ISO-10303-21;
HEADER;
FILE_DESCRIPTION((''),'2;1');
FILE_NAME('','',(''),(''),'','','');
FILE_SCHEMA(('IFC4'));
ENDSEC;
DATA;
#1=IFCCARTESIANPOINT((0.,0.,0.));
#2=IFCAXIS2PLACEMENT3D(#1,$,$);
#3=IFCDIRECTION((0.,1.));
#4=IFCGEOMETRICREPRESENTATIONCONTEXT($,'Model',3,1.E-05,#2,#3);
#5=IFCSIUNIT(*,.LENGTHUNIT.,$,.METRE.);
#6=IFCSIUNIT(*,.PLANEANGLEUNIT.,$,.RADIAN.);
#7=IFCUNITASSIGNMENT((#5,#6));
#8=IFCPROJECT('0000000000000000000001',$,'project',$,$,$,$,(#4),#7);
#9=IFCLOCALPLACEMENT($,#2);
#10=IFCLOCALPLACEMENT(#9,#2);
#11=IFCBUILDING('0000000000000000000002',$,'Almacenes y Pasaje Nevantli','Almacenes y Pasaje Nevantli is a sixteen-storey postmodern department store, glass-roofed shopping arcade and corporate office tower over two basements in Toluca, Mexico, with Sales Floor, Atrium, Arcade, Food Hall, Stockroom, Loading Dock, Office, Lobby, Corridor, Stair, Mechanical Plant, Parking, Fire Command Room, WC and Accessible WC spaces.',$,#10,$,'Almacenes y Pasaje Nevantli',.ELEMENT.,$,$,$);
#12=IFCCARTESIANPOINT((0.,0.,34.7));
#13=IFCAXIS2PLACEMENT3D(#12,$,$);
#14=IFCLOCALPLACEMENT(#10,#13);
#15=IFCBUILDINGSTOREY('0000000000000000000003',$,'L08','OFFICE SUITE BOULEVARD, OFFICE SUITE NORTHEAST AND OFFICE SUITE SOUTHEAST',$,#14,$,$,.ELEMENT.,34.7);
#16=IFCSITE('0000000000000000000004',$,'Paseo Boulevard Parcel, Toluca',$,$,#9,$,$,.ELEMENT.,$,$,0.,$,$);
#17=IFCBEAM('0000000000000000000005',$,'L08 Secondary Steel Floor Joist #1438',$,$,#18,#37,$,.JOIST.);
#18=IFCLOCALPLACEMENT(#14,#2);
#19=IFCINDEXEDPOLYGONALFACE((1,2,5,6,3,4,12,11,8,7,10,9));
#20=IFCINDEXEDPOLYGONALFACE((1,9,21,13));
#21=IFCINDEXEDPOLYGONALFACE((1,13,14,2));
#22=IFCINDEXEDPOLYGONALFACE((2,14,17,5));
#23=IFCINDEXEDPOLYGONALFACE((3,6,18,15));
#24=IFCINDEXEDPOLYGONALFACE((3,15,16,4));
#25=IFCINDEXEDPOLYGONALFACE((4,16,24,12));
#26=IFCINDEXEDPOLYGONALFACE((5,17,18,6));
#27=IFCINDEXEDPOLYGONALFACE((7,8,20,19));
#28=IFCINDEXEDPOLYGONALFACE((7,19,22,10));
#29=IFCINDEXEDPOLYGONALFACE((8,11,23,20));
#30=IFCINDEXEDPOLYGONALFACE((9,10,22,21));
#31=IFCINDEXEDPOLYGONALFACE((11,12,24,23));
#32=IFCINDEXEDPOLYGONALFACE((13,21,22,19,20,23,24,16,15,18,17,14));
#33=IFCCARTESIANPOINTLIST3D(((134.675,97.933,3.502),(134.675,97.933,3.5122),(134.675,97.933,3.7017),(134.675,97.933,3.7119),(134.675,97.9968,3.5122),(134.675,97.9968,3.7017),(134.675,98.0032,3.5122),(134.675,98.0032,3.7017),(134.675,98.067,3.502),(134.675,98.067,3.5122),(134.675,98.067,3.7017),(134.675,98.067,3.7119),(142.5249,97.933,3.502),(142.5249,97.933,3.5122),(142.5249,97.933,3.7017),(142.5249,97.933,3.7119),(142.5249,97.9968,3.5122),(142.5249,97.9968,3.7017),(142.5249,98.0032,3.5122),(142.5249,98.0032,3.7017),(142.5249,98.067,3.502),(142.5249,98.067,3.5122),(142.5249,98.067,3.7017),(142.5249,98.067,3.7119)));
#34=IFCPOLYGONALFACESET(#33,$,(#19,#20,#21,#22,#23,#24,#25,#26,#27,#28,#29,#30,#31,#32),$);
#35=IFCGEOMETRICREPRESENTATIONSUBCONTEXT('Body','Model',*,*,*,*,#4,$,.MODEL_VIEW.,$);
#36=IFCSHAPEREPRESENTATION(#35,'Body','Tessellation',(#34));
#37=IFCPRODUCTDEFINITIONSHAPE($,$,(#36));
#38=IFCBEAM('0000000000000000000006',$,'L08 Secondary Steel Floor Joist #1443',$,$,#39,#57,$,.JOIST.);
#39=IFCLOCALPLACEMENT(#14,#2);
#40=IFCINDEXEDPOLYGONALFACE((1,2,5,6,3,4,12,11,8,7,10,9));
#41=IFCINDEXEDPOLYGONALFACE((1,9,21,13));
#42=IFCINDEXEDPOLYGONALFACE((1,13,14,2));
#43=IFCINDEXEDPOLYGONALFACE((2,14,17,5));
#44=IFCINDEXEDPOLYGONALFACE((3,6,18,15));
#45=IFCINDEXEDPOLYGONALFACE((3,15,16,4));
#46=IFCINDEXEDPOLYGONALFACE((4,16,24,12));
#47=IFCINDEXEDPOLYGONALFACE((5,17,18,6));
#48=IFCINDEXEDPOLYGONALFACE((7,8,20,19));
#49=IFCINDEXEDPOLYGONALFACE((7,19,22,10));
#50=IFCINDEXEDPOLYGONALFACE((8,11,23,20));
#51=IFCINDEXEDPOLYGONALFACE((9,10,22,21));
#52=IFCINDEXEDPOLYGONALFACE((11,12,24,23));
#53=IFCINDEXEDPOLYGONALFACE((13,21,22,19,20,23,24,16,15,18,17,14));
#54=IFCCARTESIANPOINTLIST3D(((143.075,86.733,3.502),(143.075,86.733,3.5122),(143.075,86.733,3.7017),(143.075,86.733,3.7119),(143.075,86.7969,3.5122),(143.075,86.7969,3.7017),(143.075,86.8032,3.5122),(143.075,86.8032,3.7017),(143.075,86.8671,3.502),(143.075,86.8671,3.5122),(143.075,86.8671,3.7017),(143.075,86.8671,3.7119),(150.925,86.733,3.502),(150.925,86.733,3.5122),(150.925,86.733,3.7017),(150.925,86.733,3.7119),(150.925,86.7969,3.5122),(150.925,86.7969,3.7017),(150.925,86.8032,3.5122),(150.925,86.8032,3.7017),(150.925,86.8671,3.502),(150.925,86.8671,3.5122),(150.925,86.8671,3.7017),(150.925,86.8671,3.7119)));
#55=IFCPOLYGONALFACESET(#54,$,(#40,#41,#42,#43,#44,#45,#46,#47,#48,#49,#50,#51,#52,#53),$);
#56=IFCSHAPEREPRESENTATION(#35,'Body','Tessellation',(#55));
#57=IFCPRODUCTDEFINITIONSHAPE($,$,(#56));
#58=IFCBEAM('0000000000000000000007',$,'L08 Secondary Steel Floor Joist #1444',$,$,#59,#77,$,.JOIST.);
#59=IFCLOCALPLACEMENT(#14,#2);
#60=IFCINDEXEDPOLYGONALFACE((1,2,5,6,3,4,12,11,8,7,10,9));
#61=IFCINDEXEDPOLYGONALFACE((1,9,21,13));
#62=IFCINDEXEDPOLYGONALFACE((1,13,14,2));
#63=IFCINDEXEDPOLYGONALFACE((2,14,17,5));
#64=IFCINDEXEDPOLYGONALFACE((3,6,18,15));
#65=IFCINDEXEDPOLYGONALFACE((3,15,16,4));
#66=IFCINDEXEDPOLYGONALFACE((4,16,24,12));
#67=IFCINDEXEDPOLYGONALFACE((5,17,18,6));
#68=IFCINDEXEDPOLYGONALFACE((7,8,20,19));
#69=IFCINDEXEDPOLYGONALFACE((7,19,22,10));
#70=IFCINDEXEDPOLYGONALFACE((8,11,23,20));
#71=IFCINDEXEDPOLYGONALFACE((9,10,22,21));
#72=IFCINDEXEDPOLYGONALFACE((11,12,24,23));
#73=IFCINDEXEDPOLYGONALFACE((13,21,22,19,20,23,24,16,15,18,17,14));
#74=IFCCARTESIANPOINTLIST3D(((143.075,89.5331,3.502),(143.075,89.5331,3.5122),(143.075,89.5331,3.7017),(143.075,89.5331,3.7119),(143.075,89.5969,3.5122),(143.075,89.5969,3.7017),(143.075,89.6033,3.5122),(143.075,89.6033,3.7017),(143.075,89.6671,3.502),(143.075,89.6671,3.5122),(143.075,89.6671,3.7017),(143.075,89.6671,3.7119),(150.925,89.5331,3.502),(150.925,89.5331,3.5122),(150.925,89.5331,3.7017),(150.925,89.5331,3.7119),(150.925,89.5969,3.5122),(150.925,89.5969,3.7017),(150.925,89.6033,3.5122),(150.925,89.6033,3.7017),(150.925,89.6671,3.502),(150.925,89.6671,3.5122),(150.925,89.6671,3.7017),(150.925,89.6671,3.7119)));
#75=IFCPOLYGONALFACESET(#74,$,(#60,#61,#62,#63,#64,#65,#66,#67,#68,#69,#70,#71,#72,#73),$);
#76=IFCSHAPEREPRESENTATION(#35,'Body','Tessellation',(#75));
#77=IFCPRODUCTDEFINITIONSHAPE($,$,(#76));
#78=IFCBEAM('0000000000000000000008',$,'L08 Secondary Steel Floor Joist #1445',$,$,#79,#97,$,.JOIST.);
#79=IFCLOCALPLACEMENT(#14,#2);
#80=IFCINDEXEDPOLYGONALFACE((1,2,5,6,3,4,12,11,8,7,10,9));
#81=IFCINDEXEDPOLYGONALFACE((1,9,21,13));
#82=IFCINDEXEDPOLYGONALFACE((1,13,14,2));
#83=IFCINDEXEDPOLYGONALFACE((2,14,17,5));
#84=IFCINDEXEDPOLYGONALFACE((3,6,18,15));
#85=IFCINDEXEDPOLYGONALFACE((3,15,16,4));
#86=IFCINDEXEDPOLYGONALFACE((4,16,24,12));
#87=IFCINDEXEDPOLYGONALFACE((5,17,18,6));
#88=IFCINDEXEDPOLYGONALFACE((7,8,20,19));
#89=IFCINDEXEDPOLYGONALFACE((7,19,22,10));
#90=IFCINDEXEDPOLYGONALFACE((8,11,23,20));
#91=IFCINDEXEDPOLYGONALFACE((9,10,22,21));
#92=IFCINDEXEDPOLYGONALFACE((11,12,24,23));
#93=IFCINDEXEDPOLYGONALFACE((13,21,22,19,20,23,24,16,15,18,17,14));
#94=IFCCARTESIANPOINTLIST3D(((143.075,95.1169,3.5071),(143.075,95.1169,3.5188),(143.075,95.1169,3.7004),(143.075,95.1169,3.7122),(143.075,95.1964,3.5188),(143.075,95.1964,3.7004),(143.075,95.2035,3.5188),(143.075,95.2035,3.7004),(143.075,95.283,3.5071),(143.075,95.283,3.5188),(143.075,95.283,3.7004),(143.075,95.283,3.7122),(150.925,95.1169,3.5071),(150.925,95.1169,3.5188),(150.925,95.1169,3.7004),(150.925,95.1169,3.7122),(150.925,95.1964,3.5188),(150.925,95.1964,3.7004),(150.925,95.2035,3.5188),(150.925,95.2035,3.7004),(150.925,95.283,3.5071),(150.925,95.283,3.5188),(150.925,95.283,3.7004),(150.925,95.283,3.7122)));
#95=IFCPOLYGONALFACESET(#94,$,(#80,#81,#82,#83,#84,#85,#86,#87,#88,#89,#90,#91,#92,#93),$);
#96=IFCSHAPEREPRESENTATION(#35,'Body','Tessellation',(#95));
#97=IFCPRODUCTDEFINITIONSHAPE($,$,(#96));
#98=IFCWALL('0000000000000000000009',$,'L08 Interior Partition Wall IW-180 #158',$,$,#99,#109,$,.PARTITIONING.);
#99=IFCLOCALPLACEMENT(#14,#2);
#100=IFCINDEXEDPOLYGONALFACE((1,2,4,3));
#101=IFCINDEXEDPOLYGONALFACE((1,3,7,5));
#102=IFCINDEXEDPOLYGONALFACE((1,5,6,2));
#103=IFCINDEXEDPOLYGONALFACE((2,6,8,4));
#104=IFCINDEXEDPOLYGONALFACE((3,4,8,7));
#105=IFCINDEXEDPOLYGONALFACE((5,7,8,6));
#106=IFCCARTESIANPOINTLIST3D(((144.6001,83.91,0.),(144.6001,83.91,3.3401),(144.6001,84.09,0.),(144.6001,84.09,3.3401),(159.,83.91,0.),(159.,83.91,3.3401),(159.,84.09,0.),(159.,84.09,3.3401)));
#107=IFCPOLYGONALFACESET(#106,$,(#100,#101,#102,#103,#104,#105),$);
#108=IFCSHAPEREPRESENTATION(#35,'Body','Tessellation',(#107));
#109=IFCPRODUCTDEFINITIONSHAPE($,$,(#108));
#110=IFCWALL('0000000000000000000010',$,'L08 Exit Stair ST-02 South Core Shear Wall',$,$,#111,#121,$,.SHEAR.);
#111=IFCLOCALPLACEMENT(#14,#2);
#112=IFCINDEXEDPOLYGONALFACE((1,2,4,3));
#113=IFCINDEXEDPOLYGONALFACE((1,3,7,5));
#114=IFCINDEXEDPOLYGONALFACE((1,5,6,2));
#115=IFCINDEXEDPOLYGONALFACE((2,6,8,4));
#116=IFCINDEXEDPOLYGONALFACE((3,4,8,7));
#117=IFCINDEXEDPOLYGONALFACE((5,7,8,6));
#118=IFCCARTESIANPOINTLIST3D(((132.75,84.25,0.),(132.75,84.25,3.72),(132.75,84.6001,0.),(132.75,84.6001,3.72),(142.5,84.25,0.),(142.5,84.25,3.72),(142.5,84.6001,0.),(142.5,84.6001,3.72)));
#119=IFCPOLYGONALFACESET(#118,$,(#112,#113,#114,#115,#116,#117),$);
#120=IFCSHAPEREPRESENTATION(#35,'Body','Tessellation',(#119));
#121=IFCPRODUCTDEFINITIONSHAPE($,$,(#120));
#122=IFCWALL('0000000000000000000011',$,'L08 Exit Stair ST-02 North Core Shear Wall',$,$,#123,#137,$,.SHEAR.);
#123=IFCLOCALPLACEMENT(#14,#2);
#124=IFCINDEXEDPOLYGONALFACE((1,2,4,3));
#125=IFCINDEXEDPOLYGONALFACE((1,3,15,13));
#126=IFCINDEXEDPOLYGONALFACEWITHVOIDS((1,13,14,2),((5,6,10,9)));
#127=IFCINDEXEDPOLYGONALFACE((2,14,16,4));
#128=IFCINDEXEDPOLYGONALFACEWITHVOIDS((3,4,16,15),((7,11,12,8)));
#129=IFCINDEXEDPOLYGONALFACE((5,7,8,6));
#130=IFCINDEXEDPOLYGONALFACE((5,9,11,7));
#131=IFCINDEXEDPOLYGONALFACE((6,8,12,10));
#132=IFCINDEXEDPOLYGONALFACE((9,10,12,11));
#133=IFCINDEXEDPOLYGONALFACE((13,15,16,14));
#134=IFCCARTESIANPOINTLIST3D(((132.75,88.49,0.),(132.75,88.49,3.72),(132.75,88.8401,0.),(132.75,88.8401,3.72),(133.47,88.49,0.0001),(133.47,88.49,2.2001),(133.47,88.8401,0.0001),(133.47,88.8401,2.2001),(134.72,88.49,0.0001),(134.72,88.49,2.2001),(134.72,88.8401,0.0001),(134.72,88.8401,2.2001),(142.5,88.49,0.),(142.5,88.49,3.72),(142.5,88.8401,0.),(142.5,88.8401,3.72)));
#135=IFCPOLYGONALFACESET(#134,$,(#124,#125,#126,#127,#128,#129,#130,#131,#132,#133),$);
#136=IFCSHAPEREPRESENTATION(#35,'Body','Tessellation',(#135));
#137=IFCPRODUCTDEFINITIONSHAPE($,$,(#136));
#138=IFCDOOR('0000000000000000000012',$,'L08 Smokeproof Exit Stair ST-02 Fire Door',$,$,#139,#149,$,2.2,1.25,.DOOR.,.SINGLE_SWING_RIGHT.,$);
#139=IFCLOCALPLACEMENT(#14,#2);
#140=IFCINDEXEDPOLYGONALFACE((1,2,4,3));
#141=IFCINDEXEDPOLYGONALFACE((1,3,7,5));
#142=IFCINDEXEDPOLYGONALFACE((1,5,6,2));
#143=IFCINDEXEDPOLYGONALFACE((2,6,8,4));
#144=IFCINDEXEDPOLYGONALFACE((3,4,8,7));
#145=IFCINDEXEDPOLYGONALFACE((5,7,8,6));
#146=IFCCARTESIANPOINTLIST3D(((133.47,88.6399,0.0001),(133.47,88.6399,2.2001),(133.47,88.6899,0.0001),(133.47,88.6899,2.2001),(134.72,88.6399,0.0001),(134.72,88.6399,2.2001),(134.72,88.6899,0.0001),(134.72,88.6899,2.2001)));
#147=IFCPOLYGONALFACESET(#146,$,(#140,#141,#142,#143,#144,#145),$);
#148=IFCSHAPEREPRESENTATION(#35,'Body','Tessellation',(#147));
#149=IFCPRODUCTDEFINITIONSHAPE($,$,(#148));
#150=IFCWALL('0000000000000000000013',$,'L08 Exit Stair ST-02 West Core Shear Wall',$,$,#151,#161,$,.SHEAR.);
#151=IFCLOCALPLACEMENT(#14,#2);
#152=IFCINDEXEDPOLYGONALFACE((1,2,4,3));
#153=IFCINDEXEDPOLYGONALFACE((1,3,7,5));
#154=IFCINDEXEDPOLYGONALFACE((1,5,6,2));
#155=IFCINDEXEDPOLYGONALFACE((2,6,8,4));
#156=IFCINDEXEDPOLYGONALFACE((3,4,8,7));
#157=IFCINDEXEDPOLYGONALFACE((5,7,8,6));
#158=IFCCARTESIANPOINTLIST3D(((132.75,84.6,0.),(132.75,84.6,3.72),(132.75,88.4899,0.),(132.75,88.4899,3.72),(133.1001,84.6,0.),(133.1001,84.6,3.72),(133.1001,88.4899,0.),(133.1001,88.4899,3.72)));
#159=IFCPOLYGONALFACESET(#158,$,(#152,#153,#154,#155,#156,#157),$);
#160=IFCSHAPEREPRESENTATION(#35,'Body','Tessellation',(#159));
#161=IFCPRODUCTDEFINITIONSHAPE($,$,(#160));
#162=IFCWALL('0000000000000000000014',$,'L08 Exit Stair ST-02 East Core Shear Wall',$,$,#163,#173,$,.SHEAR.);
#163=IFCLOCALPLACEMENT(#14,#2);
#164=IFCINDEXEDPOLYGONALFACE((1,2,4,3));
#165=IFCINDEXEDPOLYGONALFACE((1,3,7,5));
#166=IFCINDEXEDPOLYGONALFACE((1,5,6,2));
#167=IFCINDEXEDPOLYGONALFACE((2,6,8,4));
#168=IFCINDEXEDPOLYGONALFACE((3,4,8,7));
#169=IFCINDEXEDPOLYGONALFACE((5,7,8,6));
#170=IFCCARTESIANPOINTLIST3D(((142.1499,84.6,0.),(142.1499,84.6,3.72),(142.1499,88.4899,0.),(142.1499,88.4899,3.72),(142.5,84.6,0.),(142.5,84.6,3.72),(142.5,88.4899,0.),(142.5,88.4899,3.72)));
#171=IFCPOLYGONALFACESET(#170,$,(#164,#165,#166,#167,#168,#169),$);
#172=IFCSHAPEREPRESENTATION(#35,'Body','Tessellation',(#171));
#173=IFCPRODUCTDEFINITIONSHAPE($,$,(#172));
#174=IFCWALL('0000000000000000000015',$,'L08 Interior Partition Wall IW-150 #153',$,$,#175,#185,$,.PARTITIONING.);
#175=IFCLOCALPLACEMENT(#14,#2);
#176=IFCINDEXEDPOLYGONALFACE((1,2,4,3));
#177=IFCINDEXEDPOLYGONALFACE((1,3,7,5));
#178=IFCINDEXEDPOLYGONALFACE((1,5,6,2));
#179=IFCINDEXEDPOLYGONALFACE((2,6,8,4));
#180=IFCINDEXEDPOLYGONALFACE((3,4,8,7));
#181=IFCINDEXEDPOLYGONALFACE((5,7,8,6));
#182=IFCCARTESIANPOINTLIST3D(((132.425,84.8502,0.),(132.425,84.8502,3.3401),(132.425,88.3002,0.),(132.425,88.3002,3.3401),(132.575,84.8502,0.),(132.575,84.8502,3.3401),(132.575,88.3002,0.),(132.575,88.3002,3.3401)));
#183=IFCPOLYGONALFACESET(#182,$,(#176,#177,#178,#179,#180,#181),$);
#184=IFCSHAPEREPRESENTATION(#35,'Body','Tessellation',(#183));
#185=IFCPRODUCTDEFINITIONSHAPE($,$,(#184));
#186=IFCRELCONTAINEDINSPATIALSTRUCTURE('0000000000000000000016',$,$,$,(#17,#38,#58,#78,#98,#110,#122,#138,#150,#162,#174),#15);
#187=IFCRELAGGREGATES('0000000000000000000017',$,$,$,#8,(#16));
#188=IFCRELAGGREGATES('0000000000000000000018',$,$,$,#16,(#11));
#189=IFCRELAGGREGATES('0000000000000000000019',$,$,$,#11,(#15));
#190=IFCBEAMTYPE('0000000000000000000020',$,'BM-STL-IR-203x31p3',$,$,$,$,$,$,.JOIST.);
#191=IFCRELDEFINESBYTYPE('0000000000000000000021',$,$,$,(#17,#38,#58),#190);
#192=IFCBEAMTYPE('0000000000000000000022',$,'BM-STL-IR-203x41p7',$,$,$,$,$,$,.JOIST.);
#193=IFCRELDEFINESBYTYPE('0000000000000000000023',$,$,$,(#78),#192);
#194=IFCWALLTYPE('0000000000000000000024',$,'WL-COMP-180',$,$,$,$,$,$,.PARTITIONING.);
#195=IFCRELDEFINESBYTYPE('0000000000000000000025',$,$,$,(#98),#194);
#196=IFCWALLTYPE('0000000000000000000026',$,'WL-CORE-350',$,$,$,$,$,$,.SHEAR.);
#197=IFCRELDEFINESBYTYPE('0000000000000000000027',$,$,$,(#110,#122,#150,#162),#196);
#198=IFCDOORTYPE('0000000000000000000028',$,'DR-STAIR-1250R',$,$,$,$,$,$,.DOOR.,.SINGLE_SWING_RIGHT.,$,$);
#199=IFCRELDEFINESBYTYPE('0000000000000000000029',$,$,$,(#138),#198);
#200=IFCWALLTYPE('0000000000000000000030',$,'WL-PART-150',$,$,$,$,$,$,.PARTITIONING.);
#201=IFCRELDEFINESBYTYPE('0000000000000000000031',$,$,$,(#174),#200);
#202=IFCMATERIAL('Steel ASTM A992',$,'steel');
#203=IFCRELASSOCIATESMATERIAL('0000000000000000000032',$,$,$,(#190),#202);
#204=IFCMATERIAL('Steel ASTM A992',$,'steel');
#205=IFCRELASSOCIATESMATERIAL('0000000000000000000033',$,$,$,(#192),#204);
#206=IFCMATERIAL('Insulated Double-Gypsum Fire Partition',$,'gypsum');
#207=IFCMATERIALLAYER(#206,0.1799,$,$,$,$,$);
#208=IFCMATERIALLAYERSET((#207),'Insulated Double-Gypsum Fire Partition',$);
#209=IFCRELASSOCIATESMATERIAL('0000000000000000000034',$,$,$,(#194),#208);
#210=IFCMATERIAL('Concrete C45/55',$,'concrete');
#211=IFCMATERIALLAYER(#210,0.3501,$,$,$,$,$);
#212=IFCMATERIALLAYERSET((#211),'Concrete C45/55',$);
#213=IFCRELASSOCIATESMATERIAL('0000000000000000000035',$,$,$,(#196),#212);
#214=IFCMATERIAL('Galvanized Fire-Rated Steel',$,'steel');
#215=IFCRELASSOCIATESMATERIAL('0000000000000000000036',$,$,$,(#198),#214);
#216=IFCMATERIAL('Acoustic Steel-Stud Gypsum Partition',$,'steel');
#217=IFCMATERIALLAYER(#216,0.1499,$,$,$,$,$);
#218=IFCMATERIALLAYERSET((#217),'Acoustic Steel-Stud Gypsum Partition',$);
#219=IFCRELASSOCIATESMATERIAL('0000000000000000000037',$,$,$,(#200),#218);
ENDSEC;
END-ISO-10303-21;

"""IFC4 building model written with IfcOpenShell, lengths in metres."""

from ifc_helpers import new_model, si_unit, direction, frame, frame_2d, origin, origin_2d, place, context, subcontext, project, spatial, rectangle, i_section, extrude, material, layer, layer_set, material_profile, profile_set, type_object, element, fill, save


model = new_model("IFC4")

# Units and contexts
model_context = context("Model", 3, precision=1e-05, world=origin(), true_north=direction((0.0, 1.0)))
body_context = subcontext(model_context, "Body", "Model", "MODEL_VIEW")
ifc_project = project(units=[si_unit("LENGTHUNIT", "METRE"), si_unit("PLANEANGLEUNIT", "RADIAN")], contexts=[model_context])

# Site, building, storey
site_placement = place(None, origin())
site = spatial("IfcSite", under=ifc_project, at=site_placement, Name="Paseo Boulevard Parcel, Toluca", CompositionType="ELEMENT", RefElevation=0.0)
building_placement = place(site_placement, origin())
building = spatial("IfcBuilding", under=site, at=building_placement, Name="Almacenes y Pasaje Nevantli", Description="Almacenes y Pasaje Nevantli is a sixteen-storey postmodern department store, glass-roofed shopping arcade and corporate office tower over two basements in Toluca, Mexico, with Sales Floor, Atrium, Arcade, Food Hall, Stockroom, Loading Dock, Office, Lobby, Corridor, Stair, Mechanical Plant, Parking, Fire Command Room, WC and Accessible WC spaces.", LongName="Almacenes y Pasaje Nevantli", CompositionType="ELEMENT")
storey_placement = place(building_placement, frame((0.0, 0.0, 34.7)))
storey = spatial("IfcBuildingStorey", under=building, at=storey_placement, Name="L08", Description="OFFICE SUITE BOULEVARD, OFFICE SUITE NORTHEAST AND OFFICE SUITE SOUTHEAST", CompositionType="ELEMENT", Elevation=34.7)

# Beams
ifc_material_1 = material(Name="Steel ASTM A992", Category="steel")
ifc_material_profile_1 = material_profile(ifc_material_1, i_section(OverallWidth=0.134, OverallDepth=0.21, WebThickness=0.0063, FlangeThickness=0.0103, at=origin_2d()), Name="IR 203x31.3")
ifc_profile_set_1 = profile_set([ifc_material_profile_1], Name="Steel ASTM A992")
beam_type_1 = type_object("IfcBeamType", Name="BM-STL-IR-203x31p3", PredefinedType="JOIST", material=ifc_profile_set_1)
for number, where, z_axis, x_axis, name in (
    (1, (134.675, 98.0, 3.6069), (1.0, 0.0, 0.0), (0.0, 1.0, 0.0), "L08 Secondary Steel Floor Joist #1438"),
):
    element("IfcBeam", number, at=place(storey_placement, frame(where, z_axis=z_axis, x_axis=x_axis)), inside=storey, type_object=beam_type_1, Name=name, PredefinedType="JOIST", context=body_context, shape_type="SweptSolid", body=[
        extrude(i_section(OverallWidth=0.134, OverallDepth=0.21, WebThickness=0.0063, FlangeThickness=0.0103, at=origin_2d()), origin(), (0.0, 0.0, 1.0), 7.8499),
    ])
for number, where, z_axis, x_axis, name in (
    (2, (143.075, 86.8, 3.6069), (1.0, 0.0, 0.0), (0.0, 1.0, 0.0), "L08 Secondary Steel Floor Joist #1443"),
    (3, (143.075, 89.6001, 3.6069), (1.0, 0.0, 0.0), (0.0, 1.0, 0.0), "L08 Secondary Steel Floor Joist #1444"),
):
    element("IfcBeam", number, at=place(storey_placement, frame(where, z_axis=z_axis, x_axis=x_axis)), inside=storey, type_object=beam_type_1, Name=name, PredefinedType="JOIST", context=body_context, shape_type="SweptSolid", body=[
        extrude(i_section(OverallWidth=0.134, OverallDepth=0.21, WebThickness=0.0063, FlangeThickness=0.0103, at=origin_2d()), origin(), (0.0, 0.0, 1.0), 7.8501),
    ])
ifc_material_2 = material(Name="Steel ASTM A992", Category="steel")
ifc_material_profile_2 = material_profile(ifc_material_2, i_section(OverallWidth=0.166, OverallDepth=0.2051, WebThickness=0.0071, FlangeThickness=0.0117, at=origin_2d()), Name="IR 203x41.7")
ifc_profile_set_2 = profile_set([ifc_material_profile_2], Name="Steel ASTM A992")
beam_type_2 = type_object("IfcBeamType", Name="BM-STL-IR-203x41p7", PredefinedType="JOIST", material=ifc_profile_set_2)
beam_1_placement = place(storey_placement, frame((143.075, 95.2, 3.6096), z_axis=(1.0, 0.0, 0.0), x_axis=(0.0, 1.0, 0.0)))
element("IfcBeam", 4, at=beam_1_placement, inside=storey, type_object=beam_type_2, Name="L08 Secondary Steel Floor Joist #1445", PredefinedType="JOIST", context=body_context, shape_type="SweptSolid", body=[
    extrude(i_section(OverallWidth=0.166, OverallDepth=0.2051, WebThickness=0.0071, FlangeThickness=0.0117, at=origin_2d()), origin(), (0.0, 0.0, 1.0), 7.8501),
])

# Walls
ifc_material_3 = material(Name="Insulated Double-Gypsum Fire Partition", Category="gypsum")
ifc_layer_1 = layer(ifc_material_3, 0.1799)
ifc_layer_set_1 = layer_set([ifc_layer_1], Name="Insulated Double-Gypsum Fire Partition")
wall_type_1 = type_object("IfcWallType", Name="WL-COMP-180", PredefinedType="PARTITIONING", material=ifc_layer_set_1)
wall_1_placement = place(storey_placement, frame((144.6001, 84.0, 0.0), z_axis=(0.0, 0.0, 1.0), x_axis=(1.0, 0.0, 0.0)))
element("IfcWall", 5, at=wall_1_placement, inside=storey, type_object=wall_type_1, Name="L08 Interior Partition Wall IW-180 #158", PredefinedType="PARTITIONING", context=body_context, shape_type="SweptSolid", body=[
    extrude(rectangle(XDim=14.3999, YDim=0.1799, at=frame_2d((7.2, 0.0))), origin(), (0.0, 0.0, 1.0), 3.3401),
])
ifc_material_4 = material(Name="Concrete C45/55", Category="concrete")
ifc_layer_2 = layer(ifc_material_4, 0.3501)
ifc_layer_set_2 = layer_set([ifc_layer_2], Name="Concrete C45/55")
wall_type_2 = type_object("IfcWallType", Name="WL-CORE-350", PredefinedType="SHEAR", material=ifc_layer_set_2)
wall_2_placement = place(storey_placement, frame((132.75, 84.425, 0.0), z_axis=(0.0, 0.0, 1.0), x_axis=(1.0, 0.0, 0.0)))
element("IfcWall", 6, at=wall_2_placement, inside=storey, type_object=wall_type_2, Name="L08 Exit Stair ST-02 South Core Shear Wall", PredefinedType="SHEAR", context=body_context, shape_type="SweptSolid", body=[
    extrude(rectangle(XDim=9.75, YDim=0.3501, at=frame_2d((4.875, 0.0))), origin(), (0.0, 0.0, 1.0), 3.72),
])

# Wall, opening, door
wall_3_placement = place(storey_placement, frame((132.75, 88.665, 0.0), z_axis=(0.0, 0.0, 1.0), x_axis=(1.0, 0.0, 0.0)))
wall_3 = element("IfcWall", 7, at=wall_3_placement, inside=storey, type_object=wall_type_2, Name="L08 Exit Stair ST-02 North Core Shear Wall", PredefinedType="SHEAR", context=body_context, shape_type="SweptSolid", body=[
    extrude(rectangle(XDim=9.75, YDim=0.3501, at=frame_2d((4.875, 0.0))), origin(), (0.0, 0.0, 1.0), 3.72),
])
opening_placement = place(wall_3_placement, frame((0.72, 0.0, 0.0)))
opening = element("IfcOpeningElement", 8, at=opening_placement, cuts=wall_3, PredefinedType="OPENING", context=body_context, shape_type="SweptSolid", body=[
    extrude(rectangle(XDim=1.25, YDim=2.2, at=frame_2d((0.625, 1.1001))), frame((0.0, 0.1851, 0.0), z_axis=(0.0, -1.0, 0.0), x_axis=(1.0, 0.0, 0.0)), (0.0, 0.0, 1.0), 0.3701),
])
ifc_material_5 = material(Name="Galvanized Fire-Rated Steel", Category="steel")
door_type = type_object("IfcDoorType", Name="DR-STAIR-1250R", OperationType="SINGLE_SWING_RIGHT", PredefinedType="DOOR", material=ifc_material_5)
door_placement = place(opening_placement, origin())
door = element("IfcDoor", 9, at=door_placement, inside=storey, type_object=door_type, Name="L08 Smokeproof Exit Stair ST-02 Fire Door", OperationType="SINGLE_SWING_RIGHT", OverallHeight=2.2, OverallWidth=1.25, PredefinedType="DOOR", context=body_context, shape_type="SweptSolid", body=[
    extrude(rectangle(XDim=1.25, YDim=2.2, at=frame_2d((0.625, 1.1001))), frame((0.0, 0.0249, 0.0), z_axis=(0.0, -1.0, 0.0), x_axis=(1.0, 0.0, 0.0)), (0.0, 0.0, 1.0), 0.05),
])
fill(opening, door)

# Walls
for number, where, z_axis, x_axis, name in (
    (10, (132.925, 84.6001, 0.0), (0.0, 0.0, 1.0), (0.0, 1.0, 0.0), "L08 Exit Stair ST-02 West Core Shear Wall"),
    (11, (142.325, 84.6001, 0.0), (0.0, 0.0, 1.0), (0.0, 1.0, 0.0), "L08 Exit Stair ST-02 East Core Shear Wall"),
):
    element("IfcWall", number, at=place(storey_placement, frame(where, z_axis=z_axis, x_axis=x_axis)), inside=storey, type_object=wall_type_2, Name=name, PredefinedType="SHEAR", context=body_context, shape_type="SweptSolid", body=[
        extrude(rectangle(XDim=3.8899, YDim=0.3501, at=frame_2d((1.9448, 0.0))), origin(), (0.0, 0.0, 1.0), 3.72),
    ])
ifc_material_6 = material(Name="Acoustic Steel-Stud Gypsum Partition", Category="steel")
ifc_layer_3 = layer(ifc_material_6, 0.1499)
ifc_layer_set_3 = layer_set([ifc_layer_3], Name="Acoustic Steel-Stud Gypsum Partition")
wall_type_3 = type_object("IfcWallType", Name="WL-PART-150", PredefinedType="PARTITIONING", material=ifc_layer_set_3)
wall_4_placement = place(storey_placement, frame((132.5, 84.8501, 0.0), z_axis=(0.0, 0.0, 1.0), x_axis=(0.0, 1.0, 0.0)))
element("IfcWall", 12, at=wall_4_placement, inside=storey, type_object=wall_type_3, Name="L08 Interior Partition Wall IW-150 #153", PredefinedType="PARTITIONING", context=body_context, shape_type="SweptSolid", body=[
    extrude(rectangle(XDim=3.45, YDim=0.1499, at=frame_2d((1.7251, 0.0))), origin(), (0.0, 0.0, 1.0), 3.3401),
])

save(model, "model.ifc")
